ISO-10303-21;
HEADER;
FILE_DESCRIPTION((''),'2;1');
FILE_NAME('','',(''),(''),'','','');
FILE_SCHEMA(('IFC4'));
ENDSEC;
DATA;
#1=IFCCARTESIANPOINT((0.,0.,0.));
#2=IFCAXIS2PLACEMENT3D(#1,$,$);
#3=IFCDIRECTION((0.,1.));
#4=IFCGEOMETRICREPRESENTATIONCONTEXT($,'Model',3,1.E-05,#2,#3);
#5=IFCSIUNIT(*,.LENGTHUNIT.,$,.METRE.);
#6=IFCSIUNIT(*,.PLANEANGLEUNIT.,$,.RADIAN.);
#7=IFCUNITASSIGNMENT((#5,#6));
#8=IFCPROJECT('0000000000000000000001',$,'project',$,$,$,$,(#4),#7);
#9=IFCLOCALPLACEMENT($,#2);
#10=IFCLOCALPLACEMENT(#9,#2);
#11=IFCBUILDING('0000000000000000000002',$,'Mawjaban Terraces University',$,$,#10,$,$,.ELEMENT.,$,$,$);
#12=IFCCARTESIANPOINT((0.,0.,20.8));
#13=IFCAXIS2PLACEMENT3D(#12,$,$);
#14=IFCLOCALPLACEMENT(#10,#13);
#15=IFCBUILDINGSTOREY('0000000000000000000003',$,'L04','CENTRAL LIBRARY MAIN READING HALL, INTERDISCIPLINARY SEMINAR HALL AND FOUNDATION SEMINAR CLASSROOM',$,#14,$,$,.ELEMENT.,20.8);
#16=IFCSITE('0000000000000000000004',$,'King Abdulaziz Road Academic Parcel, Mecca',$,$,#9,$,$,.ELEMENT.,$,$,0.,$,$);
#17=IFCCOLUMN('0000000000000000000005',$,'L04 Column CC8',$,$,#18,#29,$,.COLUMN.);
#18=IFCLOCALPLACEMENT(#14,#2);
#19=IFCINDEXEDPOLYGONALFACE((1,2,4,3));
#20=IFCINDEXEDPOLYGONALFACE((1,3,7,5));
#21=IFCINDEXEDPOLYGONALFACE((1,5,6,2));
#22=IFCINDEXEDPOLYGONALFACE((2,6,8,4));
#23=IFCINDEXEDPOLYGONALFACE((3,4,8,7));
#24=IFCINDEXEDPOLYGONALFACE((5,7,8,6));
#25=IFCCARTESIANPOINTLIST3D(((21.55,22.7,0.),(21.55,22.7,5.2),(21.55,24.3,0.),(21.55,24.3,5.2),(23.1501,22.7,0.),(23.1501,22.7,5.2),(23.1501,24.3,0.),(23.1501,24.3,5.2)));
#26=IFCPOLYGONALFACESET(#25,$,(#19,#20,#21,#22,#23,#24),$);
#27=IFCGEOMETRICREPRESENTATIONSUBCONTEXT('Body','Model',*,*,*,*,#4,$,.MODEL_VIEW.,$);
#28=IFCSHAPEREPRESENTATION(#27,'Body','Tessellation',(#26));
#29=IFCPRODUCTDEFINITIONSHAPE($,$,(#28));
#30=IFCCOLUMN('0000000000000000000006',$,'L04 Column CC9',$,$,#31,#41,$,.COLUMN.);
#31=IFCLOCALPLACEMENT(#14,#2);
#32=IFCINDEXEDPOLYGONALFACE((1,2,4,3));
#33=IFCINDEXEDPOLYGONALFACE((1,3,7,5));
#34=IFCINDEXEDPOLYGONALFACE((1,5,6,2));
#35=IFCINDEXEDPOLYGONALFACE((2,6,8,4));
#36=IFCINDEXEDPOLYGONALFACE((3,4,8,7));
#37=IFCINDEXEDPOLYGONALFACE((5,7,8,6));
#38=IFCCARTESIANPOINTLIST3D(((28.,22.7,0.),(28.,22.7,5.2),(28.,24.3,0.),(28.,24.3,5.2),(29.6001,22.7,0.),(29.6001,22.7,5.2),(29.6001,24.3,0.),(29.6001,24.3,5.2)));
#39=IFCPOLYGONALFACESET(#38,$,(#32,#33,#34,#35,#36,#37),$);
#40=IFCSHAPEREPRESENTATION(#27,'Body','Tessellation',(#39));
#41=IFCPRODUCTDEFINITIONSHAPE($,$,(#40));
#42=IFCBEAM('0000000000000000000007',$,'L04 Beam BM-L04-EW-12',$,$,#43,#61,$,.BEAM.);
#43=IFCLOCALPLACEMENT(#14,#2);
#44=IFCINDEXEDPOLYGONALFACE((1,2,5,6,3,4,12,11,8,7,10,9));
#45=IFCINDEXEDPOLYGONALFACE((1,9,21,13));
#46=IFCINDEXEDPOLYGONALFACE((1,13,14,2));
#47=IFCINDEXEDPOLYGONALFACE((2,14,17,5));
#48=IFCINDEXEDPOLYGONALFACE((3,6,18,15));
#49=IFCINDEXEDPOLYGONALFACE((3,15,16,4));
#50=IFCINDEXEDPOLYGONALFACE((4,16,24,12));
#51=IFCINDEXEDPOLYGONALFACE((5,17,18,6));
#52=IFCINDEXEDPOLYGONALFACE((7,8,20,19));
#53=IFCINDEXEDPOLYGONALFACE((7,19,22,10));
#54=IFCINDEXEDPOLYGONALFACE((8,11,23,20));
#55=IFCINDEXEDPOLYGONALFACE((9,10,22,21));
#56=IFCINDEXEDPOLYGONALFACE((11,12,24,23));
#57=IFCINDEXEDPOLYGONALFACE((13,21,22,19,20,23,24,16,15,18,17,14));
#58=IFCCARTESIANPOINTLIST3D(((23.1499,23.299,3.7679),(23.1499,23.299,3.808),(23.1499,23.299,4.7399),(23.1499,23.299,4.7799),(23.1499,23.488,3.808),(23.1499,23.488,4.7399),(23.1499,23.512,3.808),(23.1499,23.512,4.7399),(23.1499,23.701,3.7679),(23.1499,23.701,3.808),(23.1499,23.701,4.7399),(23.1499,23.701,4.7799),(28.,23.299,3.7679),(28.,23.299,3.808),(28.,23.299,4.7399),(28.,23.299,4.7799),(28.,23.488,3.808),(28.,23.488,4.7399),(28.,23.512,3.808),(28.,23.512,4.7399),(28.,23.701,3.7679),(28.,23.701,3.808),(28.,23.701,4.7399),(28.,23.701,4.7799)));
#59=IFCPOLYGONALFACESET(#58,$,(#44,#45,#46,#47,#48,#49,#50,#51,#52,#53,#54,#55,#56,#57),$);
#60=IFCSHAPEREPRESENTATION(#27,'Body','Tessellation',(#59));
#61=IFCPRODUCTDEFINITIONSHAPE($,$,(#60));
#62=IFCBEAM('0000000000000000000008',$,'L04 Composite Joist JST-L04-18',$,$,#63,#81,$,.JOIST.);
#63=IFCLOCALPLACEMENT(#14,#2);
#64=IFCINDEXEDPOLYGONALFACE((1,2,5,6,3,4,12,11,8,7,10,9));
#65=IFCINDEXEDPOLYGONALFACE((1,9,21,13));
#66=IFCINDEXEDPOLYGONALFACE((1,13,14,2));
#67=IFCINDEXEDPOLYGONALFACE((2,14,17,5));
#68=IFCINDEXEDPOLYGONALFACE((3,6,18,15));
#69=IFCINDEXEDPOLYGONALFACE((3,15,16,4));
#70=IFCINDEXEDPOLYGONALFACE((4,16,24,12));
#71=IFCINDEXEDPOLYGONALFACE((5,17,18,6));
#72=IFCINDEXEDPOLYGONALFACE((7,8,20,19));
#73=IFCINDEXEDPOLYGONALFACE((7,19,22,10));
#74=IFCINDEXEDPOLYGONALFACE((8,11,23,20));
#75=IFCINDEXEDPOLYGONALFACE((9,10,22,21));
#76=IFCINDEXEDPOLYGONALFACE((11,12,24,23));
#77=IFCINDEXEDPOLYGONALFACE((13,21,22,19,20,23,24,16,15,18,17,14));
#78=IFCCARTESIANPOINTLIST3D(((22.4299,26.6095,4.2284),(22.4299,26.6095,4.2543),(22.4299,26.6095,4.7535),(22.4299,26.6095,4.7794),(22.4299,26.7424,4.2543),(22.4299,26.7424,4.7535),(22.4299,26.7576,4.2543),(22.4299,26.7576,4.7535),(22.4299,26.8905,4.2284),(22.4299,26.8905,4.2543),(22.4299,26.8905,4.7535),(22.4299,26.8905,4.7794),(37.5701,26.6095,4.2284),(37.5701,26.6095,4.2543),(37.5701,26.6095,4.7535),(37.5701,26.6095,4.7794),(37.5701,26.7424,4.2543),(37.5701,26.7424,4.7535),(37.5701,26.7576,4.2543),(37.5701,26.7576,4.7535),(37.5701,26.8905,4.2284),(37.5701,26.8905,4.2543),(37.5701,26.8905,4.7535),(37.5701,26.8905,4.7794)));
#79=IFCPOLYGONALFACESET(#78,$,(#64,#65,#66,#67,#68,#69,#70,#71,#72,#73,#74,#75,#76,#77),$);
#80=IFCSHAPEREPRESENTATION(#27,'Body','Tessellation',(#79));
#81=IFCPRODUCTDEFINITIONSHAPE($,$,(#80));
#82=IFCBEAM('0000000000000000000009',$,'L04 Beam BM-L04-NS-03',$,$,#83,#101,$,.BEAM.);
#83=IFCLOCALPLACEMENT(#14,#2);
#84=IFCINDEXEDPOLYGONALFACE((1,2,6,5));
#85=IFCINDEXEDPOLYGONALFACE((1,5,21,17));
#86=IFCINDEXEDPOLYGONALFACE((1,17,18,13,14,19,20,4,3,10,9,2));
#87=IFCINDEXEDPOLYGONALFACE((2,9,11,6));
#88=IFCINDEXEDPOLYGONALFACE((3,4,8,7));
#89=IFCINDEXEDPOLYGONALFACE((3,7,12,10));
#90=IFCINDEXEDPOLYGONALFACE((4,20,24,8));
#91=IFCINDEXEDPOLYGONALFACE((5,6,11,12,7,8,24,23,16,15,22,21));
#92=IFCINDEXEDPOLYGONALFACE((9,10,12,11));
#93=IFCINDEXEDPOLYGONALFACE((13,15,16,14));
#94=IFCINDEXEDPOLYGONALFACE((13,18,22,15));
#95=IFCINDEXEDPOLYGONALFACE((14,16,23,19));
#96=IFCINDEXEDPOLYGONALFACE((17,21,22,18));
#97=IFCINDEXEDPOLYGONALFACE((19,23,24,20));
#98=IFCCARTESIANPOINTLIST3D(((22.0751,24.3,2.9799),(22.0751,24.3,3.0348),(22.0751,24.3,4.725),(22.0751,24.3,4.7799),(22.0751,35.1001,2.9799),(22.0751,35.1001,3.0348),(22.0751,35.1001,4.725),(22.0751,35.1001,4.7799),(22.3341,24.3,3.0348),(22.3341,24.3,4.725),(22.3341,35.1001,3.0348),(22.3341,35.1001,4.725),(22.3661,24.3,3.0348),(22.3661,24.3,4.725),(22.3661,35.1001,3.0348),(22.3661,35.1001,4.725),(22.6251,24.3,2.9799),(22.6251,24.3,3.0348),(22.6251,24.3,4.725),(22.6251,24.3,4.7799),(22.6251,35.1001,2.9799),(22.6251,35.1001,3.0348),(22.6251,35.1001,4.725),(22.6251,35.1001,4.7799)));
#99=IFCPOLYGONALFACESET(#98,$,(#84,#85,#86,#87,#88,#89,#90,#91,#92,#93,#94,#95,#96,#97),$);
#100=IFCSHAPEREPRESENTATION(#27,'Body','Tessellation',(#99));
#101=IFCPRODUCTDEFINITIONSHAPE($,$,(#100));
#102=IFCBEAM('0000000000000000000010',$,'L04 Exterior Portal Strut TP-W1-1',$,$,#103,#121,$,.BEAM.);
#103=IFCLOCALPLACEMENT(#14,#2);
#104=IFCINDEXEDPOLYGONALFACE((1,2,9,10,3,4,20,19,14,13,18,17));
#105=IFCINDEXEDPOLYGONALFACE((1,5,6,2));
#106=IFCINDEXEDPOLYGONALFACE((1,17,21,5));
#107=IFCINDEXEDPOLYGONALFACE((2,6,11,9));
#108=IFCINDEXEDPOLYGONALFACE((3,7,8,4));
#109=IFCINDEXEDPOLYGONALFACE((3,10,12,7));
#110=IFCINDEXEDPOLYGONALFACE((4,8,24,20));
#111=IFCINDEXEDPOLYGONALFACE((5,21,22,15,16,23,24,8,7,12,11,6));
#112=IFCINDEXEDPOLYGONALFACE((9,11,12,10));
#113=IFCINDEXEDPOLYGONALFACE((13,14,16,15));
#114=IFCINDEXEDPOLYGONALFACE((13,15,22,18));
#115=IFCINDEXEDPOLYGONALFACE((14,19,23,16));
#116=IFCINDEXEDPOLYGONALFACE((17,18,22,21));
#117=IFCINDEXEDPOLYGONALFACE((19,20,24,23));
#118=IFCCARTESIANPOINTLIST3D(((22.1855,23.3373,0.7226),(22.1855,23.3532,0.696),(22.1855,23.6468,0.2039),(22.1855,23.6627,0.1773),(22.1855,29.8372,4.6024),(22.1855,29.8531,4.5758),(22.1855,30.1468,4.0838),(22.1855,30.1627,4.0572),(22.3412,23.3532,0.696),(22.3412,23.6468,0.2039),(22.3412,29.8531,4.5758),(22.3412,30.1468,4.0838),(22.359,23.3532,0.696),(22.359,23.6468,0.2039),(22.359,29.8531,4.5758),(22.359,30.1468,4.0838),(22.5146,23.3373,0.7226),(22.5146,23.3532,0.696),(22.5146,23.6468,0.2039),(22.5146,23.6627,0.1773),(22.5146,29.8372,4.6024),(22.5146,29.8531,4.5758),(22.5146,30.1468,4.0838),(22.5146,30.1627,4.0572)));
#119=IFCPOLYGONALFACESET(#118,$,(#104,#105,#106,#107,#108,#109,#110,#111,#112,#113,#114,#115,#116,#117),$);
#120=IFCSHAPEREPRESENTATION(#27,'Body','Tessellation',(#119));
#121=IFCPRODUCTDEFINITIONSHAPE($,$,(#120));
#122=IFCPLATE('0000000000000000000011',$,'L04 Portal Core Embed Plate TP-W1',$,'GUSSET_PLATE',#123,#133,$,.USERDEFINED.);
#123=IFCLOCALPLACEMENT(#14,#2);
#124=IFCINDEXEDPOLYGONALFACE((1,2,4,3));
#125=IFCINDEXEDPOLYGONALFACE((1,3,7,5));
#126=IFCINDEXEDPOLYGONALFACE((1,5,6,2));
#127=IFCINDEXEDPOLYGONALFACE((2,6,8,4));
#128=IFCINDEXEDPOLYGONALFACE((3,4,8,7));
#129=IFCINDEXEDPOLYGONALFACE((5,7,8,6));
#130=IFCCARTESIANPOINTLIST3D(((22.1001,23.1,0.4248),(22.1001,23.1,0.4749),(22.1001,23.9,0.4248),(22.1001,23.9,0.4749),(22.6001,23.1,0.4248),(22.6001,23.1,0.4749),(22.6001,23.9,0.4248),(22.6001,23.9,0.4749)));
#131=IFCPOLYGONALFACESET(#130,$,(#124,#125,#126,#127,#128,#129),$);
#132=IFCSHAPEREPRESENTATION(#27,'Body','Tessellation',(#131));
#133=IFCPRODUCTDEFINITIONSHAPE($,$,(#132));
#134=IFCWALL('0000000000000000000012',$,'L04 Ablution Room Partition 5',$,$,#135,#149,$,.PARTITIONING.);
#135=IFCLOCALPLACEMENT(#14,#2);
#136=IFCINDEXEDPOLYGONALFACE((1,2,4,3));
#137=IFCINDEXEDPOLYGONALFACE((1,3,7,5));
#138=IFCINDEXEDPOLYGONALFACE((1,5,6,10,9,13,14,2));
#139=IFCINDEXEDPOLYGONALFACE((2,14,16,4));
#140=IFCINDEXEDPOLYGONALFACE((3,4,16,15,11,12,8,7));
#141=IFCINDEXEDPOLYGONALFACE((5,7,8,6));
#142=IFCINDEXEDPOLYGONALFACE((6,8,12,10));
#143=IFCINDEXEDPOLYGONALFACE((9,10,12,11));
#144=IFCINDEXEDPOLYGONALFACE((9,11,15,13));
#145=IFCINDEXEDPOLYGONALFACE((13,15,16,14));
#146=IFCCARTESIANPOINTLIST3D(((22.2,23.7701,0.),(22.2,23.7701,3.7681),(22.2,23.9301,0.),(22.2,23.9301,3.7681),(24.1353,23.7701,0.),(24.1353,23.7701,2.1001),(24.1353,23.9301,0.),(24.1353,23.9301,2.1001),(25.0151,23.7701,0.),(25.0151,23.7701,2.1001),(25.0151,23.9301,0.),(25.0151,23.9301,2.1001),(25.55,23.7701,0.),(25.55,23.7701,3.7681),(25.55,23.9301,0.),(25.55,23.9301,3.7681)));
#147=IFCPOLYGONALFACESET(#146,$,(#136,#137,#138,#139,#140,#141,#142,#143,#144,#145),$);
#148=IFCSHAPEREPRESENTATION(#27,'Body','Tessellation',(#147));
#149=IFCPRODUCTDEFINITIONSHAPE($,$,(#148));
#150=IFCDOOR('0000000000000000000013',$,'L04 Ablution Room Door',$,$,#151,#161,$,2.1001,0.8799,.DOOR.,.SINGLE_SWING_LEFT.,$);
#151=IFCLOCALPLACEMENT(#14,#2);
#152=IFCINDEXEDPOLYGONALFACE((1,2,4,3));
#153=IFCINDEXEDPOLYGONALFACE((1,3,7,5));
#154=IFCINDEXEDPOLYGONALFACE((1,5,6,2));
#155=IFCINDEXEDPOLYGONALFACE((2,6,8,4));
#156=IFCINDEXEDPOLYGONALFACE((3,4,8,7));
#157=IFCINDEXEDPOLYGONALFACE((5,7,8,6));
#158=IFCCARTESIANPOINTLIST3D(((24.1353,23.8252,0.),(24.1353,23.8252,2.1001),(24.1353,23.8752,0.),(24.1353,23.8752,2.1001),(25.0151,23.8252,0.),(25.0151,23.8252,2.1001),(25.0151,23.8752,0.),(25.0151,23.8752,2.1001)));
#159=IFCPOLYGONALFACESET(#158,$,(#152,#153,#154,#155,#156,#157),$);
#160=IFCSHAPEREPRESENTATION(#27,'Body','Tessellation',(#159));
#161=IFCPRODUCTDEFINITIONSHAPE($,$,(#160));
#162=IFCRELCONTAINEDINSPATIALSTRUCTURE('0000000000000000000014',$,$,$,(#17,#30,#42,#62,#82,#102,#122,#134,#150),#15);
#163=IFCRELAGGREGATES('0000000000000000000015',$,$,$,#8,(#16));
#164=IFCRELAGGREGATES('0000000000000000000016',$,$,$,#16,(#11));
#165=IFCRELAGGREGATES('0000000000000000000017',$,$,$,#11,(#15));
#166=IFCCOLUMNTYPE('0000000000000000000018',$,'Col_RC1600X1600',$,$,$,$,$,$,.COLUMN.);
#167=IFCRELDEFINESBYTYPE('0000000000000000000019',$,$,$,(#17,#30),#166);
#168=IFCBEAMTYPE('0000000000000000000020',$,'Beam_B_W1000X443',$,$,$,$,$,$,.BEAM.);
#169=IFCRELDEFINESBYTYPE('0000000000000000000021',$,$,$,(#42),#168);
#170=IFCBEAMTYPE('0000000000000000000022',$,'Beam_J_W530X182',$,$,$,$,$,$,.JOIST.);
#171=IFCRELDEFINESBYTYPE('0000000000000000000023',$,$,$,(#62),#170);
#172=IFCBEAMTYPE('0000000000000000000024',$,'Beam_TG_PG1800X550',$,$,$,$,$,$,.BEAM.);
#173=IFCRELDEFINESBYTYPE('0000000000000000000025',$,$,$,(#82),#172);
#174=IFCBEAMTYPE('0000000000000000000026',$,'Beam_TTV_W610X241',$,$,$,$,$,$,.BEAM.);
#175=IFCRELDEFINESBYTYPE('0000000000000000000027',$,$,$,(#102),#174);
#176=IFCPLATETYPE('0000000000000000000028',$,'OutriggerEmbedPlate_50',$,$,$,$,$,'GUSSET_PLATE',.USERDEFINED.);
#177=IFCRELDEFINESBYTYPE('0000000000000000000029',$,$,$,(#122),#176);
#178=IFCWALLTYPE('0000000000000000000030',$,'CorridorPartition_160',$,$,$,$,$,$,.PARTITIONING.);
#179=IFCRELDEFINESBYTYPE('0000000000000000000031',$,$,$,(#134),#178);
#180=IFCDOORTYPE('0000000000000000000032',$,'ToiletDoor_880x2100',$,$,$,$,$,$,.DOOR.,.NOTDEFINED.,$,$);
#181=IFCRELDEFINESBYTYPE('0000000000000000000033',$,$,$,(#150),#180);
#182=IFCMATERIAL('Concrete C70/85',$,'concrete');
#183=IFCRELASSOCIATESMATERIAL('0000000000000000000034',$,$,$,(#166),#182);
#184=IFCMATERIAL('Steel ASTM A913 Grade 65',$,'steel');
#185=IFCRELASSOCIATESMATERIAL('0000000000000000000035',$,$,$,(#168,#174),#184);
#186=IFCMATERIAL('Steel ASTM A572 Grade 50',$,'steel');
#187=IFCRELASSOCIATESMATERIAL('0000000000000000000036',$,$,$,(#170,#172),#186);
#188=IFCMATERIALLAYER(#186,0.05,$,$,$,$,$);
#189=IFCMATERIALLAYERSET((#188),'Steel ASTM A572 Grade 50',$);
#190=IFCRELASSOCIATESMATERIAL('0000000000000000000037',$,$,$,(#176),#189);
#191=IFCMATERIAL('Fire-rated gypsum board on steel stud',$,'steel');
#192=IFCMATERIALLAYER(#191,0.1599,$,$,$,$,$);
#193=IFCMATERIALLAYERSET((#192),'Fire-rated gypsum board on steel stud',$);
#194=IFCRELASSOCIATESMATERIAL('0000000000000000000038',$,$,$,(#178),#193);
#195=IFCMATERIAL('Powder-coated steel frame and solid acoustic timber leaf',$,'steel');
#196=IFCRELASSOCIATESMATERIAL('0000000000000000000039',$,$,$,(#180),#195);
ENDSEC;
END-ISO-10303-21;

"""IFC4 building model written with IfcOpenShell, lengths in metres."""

from ifc_helpers import new_model, si_unit, direction, frame, frame_2d, origin, origin_2d, place, context, subcontext, project, spatial, rectangle, i_section, extrude, material, layer, layer_set, material_profile, profile_set, type_object, element, fill, save


model = new_model("IFC4")

# Units and contexts
model_context = context("Model", 3, precision=1e-05, world=origin(), true_north=direction((0.0, 1.0)))
body_context = subcontext(model_context, "Body", "Model", "MODEL_VIEW")
ifc_project = project(units=[si_unit("LENGTHUNIT", "METRE"), si_unit("PLANEANGLEUNIT", "RADIAN")], contexts=[model_context])

# Site, building, storey
site_placement = place(None, origin())
site = spatial("IfcSite", under=ifc_project, at=site_placement, Name="King Abdulaziz Road Academic Parcel, Mecca", CompositionType="ELEMENT", RefElevation=0.0)
building_placement = place(site_placement, origin())
building = spatial("IfcBuilding", under=site, at=building_placement, Name="Mawjaban Terraces University", CompositionType="ELEMENT")
storey_placement = place(building_placement, frame((0.0, 0.0, 20.8)))
storey = spatial("IfcBuildingStorey", under=building, at=storey_placement, Name="L04", Description="CENTRAL LIBRARY MAIN READING HALL, INTERDISCIPLINARY SEMINAR HALL AND FOUNDATION SEMINAR CLASSROOM", CompositionType="ELEMENT", Elevation=20.8)

# Columns
ifc_material_1 = material(Name="Concrete C70/85", Category="concrete")
ifc_material_profile_1 = material_profile(ifc_material_1, rectangle(XDim=1.6001, YDim=1.6001, at=origin_2d()), Name="RC1600X1600")
ifc_profile_set_1 = profile_set([ifc_material_profile_1], Name="Concrete C70/85")
column_type = type_object("IfcColumnType", Name="Col_RC1600X1600", PredefinedType="COLUMN", material=ifc_profile_set_1)
for number, where, z_axis, x_axis, name in (
    (1, (22.3501, 23.5, 0.0), (0.0, 0.0, 1.0), (1.0, 0.0, 0.0), "L04 Column CC8"),
    (2, (28.8, 23.5, 0.0), (0.0, 0.0, 1.0), (1.0, 0.0, 0.0), "L04 Column CC9"),
):
    element("IfcColumn", number, at=place(storey_placement, frame(where, z_axis=z_axis, x_axis=x_axis)), inside=storey, type_object=column_type, Name=name, PredefinedType="COLUMN", context=body_context, shape_type="SweptSolid", body=[
        extrude(rectangle(XDim=1.6001, YDim=1.6001, at=origin_2d()), origin(), (0.0, 0.0, 1.0), 5.2),
    ])

# Beams
ifc_material_2 = material(Name="Steel ASTM A913 Grade 65", Category="steel")
ifc_material_profile_2 = material_profile(ifc_material_2, i_section(OverallWidth=0.4021, OverallDepth=1.012, WebThickness=0.0239, FlangeThickness=0.04, at=origin_2d()), Name="W1000X443")
ifc_profile_set_2 = profile_set([ifc_material_profile_2], Name="Steel ASTM A913 Grade 65")
beam_type_1 = type_object("IfcBeamType", Name="Beam_B_W1000X443", PredefinedType="BEAM", material=ifc_profile_set_2)
beam_1_placement = place(storey_placement, frame((23.1499, 23.5, 4.2739), z_axis=(1.0, 0.0, 0.0), x_axis=(0.0, 1.0, 0.0)))
element("IfcBeam", 3, at=beam_1_placement, inside=storey, type_object=beam_type_1, Name="L04 Beam BM-L04-EW-12", PredefinedType="BEAM", context=body_context, shape_type="SweptSolid", body=[
    extrude(i_section(OverallWidth=0.4021, OverallDepth=1.012, WebThickness=0.0239, FlangeThickness=0.04, at=origin_2d()), origin(), (0.0, 0.0, 1.0), 4.8501),
])
ifc_material_3 = material(Name="Steel ASTM A572 Grade 50", Category="steel")
ifc_material_profile_3 = material_profile(ifc_material_3, i_section(OverallWidth=0.281, OverallDepth=0.551, WebThickness=0.0151, FlangeThickness=0.0259, at=origin_2d()), Name="W530X182")
ifc_profile_set_3 = profile_set([ifc_material_profile_3], Name="Steel ASTM A572 Grade 50")
beam_type_2 = type_object("IfcBeamType", Name="Beam_J_W530X182", PredefinedType="JOIST", material=ifc_profile_set_3)
beam_2_placement = place(storey_placement, frame((22.4299, 26.75, 4.5039), z_axis=(1.0, 0.0, 0.0), x_axis=(0.0, 1.0, 0.0)))
element("IfcBeam", 4, at=beam_2_placement, inside=storey, type_object=beam_type_2, Name="L04 Composite Joist JST-L04-18", PredefinedType="JOIST", context=body_context, shape_type="SweptSolid", body=[
    extrude(i_section(OverallWidth=0.281, OverallDepth=0.551, WebThickness=0.0151, FlangeThickness=0.0259, at=origin_2d()), origin(), (0.0, 0.0, 1.0), 15.1401),
])
ifc_material_profile_4 = material_profile(ifc_material_3, i_section(OverallWidth=0.55, OverallDepth=1.8, WebThickness=0.032, FlangeThickness=0.0549, at=origin_2d()), Name="PG1800X550")
ifc_profile_set_4 = profile_set([ifc_material_profile_4], Name="Steel ASTM A572 Grade 50")
beam_type_3 = type_object("IfcBeamType", Name="Beam_TG_PG1800X550", PredefinedType="BEAM", material=ifc_profile_set_4)
beam_3_placement = place(storey_placement, frame((22.3501, 24.3, 3.8799), z_axis=(0.0, 1.0, 0.0), x_axis=(-1.0, 0.0, 0.0)))
element("IfcBeam", 5, at=beam_3_placement, inside=storey, type_object=beam_type_3, Name="L04 Beam BM-L04-NS-03", PredefinedType="BEAM", context=body_context, shape_type="SweptSolid", body=[
    extrude(i_section(OverallWidth=0.55, OverallDepth=1.8, WebThickness=0.032, FlangeThickness=0.0549, at=origin_2d()), origin(), (0.0, 0.0, 1.0), 10.8),
])
ifc_material_profile_5 = material_profile(ifc_material_2, i_section(OverallWidth=0.3291, OverallDepth=0.635, WebThickness=0.0178, FlangeThickness=0.031, at=origin_2d()), Name="W610X241")
ifc_profile_set_5 = profile_set([ifc_material_profile_5], Name="Steel ASTM A913 Grade 65")
beam_type_4 = type_object("IfcBeamType", Name="Beam_TTV_W610X241", PredefinedType="BEAM", material=ifc_profile_set_5)
beam_4_placement = place(storey_placement, frame((22.3501, 23.5, 0.45), z_axis=(0.0, 0.858663, 0.51254), x_axis=(-1.0, 0.0, 0.0)))
element("IfcBeam", 6, at=beam_4_placement, inside=storey, type_object=beam_type_4, Name="L04 Exterior Portal Strut TP-W1-1", PredefinedType="BEAM", context=body_context, shape_type="SweptSolid", body=[
    extrude(i_section(OverallWidth=0.3291, OverallDepth=0.635, WebThickness=0.0178, FlangeThickness=0.031, at=origin_2d()), origin(), (0.0, 0.0, 1.0), 7.5698),
])

# Plate
ifc_layer_1 = layer(ifc_material_3, 0.05)
ifc_layer_set_1 = layer_set([ifc_layer_1], Name="Steel ASTM A572 Grade 50")
plate_type = type_object("IfcPlateType", Name="OutriggerEmbedPlate_50", ElementType="GUSSET_PLATE", PredefinedType="USERDEFINED", material=ifc_layer_set_1)
plate_placement = place(storey_placement, frame((22.3501, 23.5, 0.4248), z_axis=(0.0, 0.0, 1.0), x_axis=(0.0, 1.0, 0.0)))
element("IfcPlate", 7, at=plate_placement, inside=storey, type_object=plate_type, Name="L04 Portal Core Embed Plate TP-W1", ObjectType="GUSSET_PLATE", PredefinedType="USERDEFINED", context=body_context, shape_type="SweptSolid", body=[
    extrude(rectangle(XDim=0.8, YDim=0.5, at=origin_2d()), origin(), (0.0, 0.0, 1.0), 0.05),
])

# Wall, opening, door
ifc_material_4 = material(Name="Fire-rated gypsum board on steel stud", Category="steel")
ifc_layer_2 = layer(ifc_material_4, 0.1599)
ifc_layer_set_2 = layer_set([ifc_layer_2], Name="Fire-rated gypsum board on steel stud")
wall_type_1 = type_object("IfcWallType", Name="CorridorPartition_160", PredefinedType="PARTITIONING", material=ifc_layer_set_2)
wall_1_placement = place(storey_placement, frame((25.55, 23.8501, 0.0), z_axis=(0.0, 0.0, 1.0), x_axis=(-1.0, 0.0, 0.0)))
wall_1 = element("IfcWall", 8, at=wall_1_placement, inside=storey, type_object=wall_type_1, Name="L04 Ablution Room Partition 5", PredefinedType="PARTITIONING", context=body_context, shape_type="SweptSolid", body=[
    extrude(rectangle(XDim=3.3501, YDim=0.1599, at=frame_2d((1.675, 0.0))), origin(), (0.0, 0.0, 1.0), 3.7681),
])
opening_1_placement = place(wall_1_placement, frame((0.5349, 0.0, 0.0)))
opening_1 = element("IfcOpeningElement", 9, at=opening_1_placement, cuts=wall_1, PredefinedType="OPENING", context=body_context, shape_type="SweptSolid", body=[
    extrude(rectangle(XDim=0.8799, YDim=2.1001, at=frame_2d((0.4399, 1.05))), frame((0.0, 0.0898, 0.0), z_axis=(0.0, -1.0, 0.0), x_axis=(1.0, 0.0, 0.0)), (0.0, 0.0, 1.0), 0.1799),
])
ifc_material_5 = material(Name="Powder-coated steel frame and solid acoustic timber leaf", Category="steel")
door_type_1 = type_object("IfcDoorType", Name="ToiletDoor_880x2100", OperationType="NOTDEFINED", PredefinedType="DOOR", material=ifc_material_5)
door_1_placement = place(opening_1_placement, origin())
door_1 = element("IfcDoor", 10, at=door_1_placement, inside=storey, type_object=door_type_1, Name="L04 Ablution Room Door", OperationType="SINGLE_SWING_LEFT", OverallHeight=2.1001, OverallWidth=0.8799, PredefinedType="DOOR", context=body_context, shape_type="SweptSolid", body=[
    extrude(rectangle(XDim=0.8799, YDim=2.1001, at=frame_2d((0.4399, 1.05))), frame((0.0, 0.0249, 0.0), z_axis=(0.0, -1.0, 0.0), x_axis=(1.0, 0.0, 0.0)), (0.0, 0.0, 1.0), 0.05),
])
fill(opening_1, door_1)

save(model, "model.ifc")
